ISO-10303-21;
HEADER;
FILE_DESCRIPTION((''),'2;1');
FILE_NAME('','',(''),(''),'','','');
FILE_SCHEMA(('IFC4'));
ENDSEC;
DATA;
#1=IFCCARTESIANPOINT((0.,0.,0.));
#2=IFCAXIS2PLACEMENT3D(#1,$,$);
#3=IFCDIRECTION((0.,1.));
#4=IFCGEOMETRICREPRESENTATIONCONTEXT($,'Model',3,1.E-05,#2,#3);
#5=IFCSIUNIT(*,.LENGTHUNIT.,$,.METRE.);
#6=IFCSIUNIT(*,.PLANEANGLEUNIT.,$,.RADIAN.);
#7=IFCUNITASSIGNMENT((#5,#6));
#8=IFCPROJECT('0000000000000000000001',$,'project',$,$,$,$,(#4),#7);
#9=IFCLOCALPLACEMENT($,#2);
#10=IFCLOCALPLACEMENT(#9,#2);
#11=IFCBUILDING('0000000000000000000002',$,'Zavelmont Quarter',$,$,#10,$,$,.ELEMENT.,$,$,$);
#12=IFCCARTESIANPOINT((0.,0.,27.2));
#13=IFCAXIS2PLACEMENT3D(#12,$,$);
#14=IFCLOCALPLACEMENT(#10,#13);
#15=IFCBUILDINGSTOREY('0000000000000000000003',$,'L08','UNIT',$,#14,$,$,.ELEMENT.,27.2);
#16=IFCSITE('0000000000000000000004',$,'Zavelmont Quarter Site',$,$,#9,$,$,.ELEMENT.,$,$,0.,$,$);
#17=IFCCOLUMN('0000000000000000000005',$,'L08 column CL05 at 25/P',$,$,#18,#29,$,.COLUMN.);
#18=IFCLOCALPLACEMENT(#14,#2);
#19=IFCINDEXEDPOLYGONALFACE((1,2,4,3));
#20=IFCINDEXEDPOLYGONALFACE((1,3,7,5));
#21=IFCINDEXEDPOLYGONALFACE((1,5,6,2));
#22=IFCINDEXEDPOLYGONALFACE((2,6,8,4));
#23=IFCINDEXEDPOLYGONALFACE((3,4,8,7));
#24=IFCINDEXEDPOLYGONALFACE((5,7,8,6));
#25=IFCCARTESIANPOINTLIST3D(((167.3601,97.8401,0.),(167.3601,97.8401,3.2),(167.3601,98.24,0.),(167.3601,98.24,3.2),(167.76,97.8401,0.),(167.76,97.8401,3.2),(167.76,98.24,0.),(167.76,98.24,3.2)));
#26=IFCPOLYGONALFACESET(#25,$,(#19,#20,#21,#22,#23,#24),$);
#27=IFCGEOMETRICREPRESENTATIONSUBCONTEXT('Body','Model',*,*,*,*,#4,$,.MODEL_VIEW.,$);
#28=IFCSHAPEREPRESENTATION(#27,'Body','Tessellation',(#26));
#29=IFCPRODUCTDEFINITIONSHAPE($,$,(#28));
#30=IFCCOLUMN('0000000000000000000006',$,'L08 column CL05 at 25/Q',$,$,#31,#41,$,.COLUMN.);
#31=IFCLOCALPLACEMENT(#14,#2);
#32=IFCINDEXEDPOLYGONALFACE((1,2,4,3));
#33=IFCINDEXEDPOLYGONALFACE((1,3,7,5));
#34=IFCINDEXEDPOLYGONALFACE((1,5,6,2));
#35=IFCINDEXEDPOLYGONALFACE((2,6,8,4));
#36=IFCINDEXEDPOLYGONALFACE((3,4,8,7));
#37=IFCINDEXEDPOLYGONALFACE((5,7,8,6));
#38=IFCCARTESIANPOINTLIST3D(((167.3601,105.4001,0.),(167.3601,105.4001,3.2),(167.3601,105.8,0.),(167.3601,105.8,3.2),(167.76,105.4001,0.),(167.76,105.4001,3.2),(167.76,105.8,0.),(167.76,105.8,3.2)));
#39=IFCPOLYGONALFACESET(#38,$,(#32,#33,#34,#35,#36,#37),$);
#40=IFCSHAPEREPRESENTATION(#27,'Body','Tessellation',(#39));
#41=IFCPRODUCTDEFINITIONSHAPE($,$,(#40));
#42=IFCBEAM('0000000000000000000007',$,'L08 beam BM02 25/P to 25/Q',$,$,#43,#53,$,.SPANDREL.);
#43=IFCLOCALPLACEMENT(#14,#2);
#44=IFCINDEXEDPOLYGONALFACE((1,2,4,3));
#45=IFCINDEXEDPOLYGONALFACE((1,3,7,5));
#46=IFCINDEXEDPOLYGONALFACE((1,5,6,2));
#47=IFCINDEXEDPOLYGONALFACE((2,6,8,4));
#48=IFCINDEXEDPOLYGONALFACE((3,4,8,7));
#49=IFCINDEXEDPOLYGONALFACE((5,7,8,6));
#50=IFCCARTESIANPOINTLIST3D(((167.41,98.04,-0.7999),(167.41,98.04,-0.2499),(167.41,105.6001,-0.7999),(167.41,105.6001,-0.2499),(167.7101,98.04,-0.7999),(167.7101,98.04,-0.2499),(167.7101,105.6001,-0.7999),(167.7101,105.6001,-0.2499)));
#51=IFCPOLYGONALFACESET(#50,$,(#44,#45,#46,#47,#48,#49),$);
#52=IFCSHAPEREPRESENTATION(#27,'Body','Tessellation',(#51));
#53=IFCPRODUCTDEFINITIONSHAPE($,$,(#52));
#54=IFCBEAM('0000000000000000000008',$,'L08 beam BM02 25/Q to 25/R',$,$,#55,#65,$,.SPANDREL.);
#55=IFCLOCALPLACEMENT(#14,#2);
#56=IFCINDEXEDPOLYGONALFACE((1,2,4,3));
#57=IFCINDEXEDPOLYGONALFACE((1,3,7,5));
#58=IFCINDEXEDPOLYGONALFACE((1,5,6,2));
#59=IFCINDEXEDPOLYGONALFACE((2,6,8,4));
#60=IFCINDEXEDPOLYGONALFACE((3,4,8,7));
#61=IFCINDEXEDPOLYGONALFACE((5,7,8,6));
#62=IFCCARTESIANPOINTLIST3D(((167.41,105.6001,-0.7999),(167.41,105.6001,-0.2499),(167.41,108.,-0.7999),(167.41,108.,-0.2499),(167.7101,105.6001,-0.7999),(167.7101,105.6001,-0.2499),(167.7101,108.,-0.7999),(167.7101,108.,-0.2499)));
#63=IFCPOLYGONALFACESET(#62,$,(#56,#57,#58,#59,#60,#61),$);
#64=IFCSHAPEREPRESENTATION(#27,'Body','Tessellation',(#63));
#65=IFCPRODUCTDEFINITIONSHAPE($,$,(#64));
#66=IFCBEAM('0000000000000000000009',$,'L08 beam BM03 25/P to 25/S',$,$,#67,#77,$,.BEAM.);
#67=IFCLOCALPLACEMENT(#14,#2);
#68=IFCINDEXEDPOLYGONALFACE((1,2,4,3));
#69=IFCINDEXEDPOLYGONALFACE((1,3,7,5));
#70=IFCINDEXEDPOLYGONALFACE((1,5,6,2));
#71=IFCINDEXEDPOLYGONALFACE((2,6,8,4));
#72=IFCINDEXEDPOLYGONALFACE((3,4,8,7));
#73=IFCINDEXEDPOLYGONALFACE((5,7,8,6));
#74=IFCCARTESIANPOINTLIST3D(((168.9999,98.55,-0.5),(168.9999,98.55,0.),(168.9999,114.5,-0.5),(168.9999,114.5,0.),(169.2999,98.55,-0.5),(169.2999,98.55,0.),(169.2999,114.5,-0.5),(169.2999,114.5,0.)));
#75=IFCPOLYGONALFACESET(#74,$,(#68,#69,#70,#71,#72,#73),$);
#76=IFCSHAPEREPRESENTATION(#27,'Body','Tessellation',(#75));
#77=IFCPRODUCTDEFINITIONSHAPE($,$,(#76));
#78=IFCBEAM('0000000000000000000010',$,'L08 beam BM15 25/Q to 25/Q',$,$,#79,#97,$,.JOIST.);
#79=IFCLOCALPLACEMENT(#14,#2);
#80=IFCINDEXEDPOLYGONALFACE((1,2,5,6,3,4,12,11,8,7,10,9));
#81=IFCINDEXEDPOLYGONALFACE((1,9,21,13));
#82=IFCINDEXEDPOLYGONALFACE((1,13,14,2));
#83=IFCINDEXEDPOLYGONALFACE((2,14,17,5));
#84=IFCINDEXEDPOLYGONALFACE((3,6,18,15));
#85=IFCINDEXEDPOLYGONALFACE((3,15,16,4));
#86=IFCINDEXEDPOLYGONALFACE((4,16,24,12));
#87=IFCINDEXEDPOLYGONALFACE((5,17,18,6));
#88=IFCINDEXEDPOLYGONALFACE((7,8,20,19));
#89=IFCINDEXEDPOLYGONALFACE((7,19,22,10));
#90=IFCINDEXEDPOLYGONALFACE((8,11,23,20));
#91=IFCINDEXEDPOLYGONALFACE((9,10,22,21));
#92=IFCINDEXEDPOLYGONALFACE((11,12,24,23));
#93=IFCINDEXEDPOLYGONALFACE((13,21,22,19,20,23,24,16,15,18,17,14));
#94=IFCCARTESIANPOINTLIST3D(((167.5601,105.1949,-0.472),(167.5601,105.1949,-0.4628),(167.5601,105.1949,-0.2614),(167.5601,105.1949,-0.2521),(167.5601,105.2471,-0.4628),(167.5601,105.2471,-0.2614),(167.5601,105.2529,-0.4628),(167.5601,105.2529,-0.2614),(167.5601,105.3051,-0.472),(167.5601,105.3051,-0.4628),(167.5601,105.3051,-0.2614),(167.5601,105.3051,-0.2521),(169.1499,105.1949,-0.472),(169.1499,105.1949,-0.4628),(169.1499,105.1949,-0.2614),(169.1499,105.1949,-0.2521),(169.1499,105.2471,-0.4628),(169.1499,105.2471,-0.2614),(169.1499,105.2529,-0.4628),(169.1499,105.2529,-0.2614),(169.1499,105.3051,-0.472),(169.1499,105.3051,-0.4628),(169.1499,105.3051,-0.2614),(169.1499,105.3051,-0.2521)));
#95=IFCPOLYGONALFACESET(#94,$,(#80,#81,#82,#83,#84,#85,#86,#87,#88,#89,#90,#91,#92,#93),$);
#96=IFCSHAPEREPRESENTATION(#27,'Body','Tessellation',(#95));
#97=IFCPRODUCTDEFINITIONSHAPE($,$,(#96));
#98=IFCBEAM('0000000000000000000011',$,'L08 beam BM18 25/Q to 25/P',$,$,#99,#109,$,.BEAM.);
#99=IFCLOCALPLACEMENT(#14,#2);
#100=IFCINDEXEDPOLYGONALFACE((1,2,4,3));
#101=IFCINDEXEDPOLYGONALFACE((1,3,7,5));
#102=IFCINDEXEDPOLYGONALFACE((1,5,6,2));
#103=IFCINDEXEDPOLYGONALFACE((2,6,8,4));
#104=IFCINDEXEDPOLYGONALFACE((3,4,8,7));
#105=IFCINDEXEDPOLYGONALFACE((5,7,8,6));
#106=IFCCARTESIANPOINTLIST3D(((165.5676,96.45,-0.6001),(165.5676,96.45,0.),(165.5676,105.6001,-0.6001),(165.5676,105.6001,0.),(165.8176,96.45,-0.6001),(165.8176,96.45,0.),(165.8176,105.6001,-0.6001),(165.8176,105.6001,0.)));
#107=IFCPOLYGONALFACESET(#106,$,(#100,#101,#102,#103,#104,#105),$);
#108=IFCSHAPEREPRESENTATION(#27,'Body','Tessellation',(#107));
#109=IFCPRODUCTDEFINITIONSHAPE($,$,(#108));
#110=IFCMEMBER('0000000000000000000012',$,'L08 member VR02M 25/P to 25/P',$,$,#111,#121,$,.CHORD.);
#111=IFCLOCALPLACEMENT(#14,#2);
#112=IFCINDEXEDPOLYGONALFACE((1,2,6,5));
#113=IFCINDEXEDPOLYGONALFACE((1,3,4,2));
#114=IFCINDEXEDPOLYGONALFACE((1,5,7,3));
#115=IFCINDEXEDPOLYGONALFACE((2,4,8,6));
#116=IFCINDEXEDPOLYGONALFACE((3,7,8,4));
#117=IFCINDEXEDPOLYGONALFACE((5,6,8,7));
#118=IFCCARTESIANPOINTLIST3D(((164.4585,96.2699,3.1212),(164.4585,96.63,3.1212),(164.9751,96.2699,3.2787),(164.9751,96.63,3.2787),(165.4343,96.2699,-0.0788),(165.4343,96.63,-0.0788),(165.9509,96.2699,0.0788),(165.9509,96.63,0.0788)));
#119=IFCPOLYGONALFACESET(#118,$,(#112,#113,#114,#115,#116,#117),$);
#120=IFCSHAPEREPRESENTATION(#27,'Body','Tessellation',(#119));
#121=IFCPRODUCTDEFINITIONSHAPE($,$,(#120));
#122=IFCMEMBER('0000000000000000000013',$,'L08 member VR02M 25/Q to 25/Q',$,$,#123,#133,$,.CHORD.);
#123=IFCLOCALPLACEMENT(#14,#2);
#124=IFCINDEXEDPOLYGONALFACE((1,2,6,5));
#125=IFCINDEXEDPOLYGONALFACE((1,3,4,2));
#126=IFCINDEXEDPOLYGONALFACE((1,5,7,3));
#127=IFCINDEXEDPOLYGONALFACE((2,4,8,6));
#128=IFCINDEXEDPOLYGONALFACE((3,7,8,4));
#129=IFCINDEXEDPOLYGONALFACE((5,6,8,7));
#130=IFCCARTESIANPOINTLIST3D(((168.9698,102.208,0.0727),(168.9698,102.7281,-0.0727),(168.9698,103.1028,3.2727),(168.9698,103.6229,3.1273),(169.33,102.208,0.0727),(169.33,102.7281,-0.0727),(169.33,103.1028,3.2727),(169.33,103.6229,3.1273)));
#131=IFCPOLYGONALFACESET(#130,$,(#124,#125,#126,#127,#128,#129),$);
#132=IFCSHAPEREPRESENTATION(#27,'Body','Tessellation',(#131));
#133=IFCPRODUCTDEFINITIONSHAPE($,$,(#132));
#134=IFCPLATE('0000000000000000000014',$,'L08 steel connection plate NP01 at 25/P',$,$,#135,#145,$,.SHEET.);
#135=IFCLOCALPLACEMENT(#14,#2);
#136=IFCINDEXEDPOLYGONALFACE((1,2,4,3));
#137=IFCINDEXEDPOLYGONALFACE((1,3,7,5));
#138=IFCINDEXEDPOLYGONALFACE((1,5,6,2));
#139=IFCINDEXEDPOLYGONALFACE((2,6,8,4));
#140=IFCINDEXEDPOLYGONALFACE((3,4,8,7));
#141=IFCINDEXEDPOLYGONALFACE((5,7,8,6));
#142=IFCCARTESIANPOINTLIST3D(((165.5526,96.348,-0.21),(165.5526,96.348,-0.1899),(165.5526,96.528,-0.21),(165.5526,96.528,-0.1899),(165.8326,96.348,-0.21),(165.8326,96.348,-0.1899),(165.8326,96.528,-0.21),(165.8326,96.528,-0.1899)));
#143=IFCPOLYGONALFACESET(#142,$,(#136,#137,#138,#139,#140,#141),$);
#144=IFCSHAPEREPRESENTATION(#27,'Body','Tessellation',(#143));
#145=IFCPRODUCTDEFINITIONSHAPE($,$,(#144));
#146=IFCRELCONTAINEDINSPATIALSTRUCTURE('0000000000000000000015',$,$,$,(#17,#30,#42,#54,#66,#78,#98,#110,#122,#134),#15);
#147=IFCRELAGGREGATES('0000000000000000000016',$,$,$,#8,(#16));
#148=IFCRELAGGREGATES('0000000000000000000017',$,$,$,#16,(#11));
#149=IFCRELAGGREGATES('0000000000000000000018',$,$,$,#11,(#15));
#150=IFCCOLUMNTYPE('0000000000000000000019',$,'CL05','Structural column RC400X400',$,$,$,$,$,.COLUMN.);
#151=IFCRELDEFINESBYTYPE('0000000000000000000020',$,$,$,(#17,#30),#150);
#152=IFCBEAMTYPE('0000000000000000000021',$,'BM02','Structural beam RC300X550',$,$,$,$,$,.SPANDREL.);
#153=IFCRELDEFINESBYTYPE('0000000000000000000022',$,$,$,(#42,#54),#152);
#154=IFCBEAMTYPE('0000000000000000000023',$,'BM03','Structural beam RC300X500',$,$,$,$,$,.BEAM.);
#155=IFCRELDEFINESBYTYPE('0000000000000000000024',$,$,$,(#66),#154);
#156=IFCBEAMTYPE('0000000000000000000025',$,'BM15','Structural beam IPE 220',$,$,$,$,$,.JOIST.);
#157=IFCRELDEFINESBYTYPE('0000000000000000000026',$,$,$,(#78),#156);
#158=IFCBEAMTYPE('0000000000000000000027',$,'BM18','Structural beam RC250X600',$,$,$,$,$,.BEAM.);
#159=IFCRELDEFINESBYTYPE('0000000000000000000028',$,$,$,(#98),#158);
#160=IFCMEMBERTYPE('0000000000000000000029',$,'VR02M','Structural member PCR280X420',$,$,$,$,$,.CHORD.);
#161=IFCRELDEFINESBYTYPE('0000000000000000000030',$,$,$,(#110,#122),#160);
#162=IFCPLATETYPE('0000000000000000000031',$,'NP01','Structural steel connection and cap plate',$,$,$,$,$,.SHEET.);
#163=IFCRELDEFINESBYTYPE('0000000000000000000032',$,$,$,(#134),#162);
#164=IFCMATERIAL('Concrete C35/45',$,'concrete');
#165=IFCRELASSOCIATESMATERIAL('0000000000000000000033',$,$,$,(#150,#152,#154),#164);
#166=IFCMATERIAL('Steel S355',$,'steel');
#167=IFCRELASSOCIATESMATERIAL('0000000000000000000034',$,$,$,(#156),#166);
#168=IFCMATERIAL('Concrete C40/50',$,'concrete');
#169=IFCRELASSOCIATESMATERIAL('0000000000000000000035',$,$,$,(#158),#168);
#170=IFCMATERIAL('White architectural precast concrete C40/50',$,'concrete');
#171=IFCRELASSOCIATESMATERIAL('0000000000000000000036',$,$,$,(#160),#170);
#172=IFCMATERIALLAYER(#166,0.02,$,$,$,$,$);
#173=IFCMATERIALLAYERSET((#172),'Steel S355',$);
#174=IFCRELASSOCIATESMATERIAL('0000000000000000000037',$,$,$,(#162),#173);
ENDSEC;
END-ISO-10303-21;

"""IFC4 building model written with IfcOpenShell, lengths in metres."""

from ifc_helpers import new_model, si_unit, direction, frame, origin, origin_2d, place, context, subcontext, project, spatial, rectangle, i_section, extrude, material, layer, layer_set, material_profile, profile_set, type_object, element, save


model = new_model("IFC4")

# Units and contexts
model_context = context("Model", 3, precision=1e-05, world=origin(), true_north=direction((0.0, 1.0)))
body_context = subcontext(model_context, "Body", "Model", "MODEL_VIEW")
ifc_project = project(units=[si_unit("LENGTHUNIT", "METRE"), si_unit("PLANEANGLEUNIT", "RADIAN")], contexts=[model_context])

# Site, building, storey
site_placement = place(None, origin())
site = spatial("IfcSite", under=ifc_project, at=site_placement, Name="Zavelmont Quarter Site", CompositionType="ELEMENT", RefElevation=0.0)
building_placement = place(site_placement, origin())
building = spatial("IfcBuilding", under=site, at=building_placement, Name="Zavelmont Quarter", CompositionType="ELEMENT")
storey_placement = place(building_placement, frame((0.0, 0.0, 27.2)))
storey = spatial("IfcBuildingStorey", under=building, at=storey_placement, Name="L08", Description="UNIT", CompositionType="ELEMENT", Elevation=27.2)

# Columns
ifc_material_1 = material(Name="Concrete C35/45", Category="concrete")
ifc_material_profile_1 = material_profile(ifc_material_1, rectangle(XDim=0.3999, YDim=0.3999, at=origin_2d()), Name="RC400X400")
ifc_profile_set_1 = profile_set([ifc_material_profile_1], Name="Concrete C35/45")
column_type = type_object("IfcColumnType", Name="CL05", Description="Structural column RC400X400", PredefinedType="COLUMN", material=ifc_profile_set_1)
for number, where, z_axis, x_axis, name in (
    (1, (167.5601, 98.04, 0.0), (0.0, 0.0, 1.0), (1.0, 0.0, 0.0), "L08 column CL05 at 25/P"),
    (2, (167.5601, 105.6001, 0.0), (0.0, 0.0, 1.0), (1.0, 0.0, 0.0), "L08 column CL05 at 25/Q"),
):
    element("IfcColumn", number, at=place(storey_placement, frame(where, z_axis=z_axis, x_axis=x_axis)), inside=storey, type_object=column_type, Name=name, PredefinedType="COLUMN", context=body_context, shape_type="SweptSolid", body=[
        extrude(rectangle(XDim=0.3999, YDim=0.3999, at=origin_2d()), origin(), (0.0, 0.0, 1.0), 3.2),
    ])

# Beams
ifc_material_profile_2 = material_profile(ifc_material_1, rectangle(XDim=0.3, YDim=0.55, at=origin_2d()), Name="RC300X550")
ifc_profile_set_2 = profile_set([ifc_material_profile_2], Name="Concrete C35/45")
beam_type_1 = type_object("IfcBeamType", Name="BM02", Description="Structural beam RC300X550", PredefinedType="SPANDREL", material=ifc_profile_set_2)
beam_1_placement = place(storey_placement, frame((167.5601, 98.04, -0.5249), z_axis=(0.0, 1.0, 0.0), x_axis=(-1.0, 0.0, 0.0)))
element("IfcBeam", 3, at=beam_1_placement, inside=storey, type_object=beam_type_1, Name="L08 beam BM02 25/P to 25/Q", PredefinedType="SPANDREL", context=body_context, shape_type="SweptSolid", body=[
    extrude(rectangle(XDim=0.3, YDim=0.55, at=origin_2d()), origin(), (0.0, 0.0, 1.0), 7.5601),
])
beam_2_placement = place(storey_placement, frame((167.5601, 105.6001, -0.5249), z_axis=(0.0, 1.0, 0.0), x_axis=(-1.0, 0.0, 0.0)))
element("IfcBeam", 4, at=beam_2_placement, inside=storey, type_object=beam_type_1, Name="L08 beam BM02 25/Q to 25/R", PredefinedType="SPANDREL", context=body_context, shape_type="SweptSolid", body=[
    extrude(rectangle(XDim=0.3, YDim=0.55, at=origin_2d()), origin(), (0.0, 0.0, 1.0), 2.3999),
])
ifc_material_profile_3 = material_profile(ifc_material_1, rectangle(XDim=0.3, YDim=0.5, at=origin_2d()), Name="RC300X500")
ifc_profile_set_3 = profile_set([ifc_material_profile_3], Name="Concrete C35/45")
beam_type_2 = type_object("IfcBeamType", Name="BM03", Description="Structural beam RC300X500", PredefinedType="BEAM", material=ifc_profile_set_3)
beam_3_placement = place(storey_placement, frame((169.1499, 98.55, -0.25), z_axis=(0.0, 1.0, 0.0), x_axis=(-1.0, 0.0, 0.0)))
element("IfcBeam", 5, at=beam_3_placement, inside=storey, type_object=beam_type_2, Name="L08 beam BM03 25/P to 25/S", PredefinedType="BEAM", context=body_context, shape_type="SweptSolid", body=[
    extrude(rectangle(XDim=0.3, YDim=0.5, at=origin_2d()), origin(), (0.0, 0.0, 1.0), 15.95),
])
ifc_material_2 = material(Name="Steel S355", Category="steel")
ifc_material_profile_4 = material_profile(ifc_material_2, i_section(OverallWidth=0.1101, OverallDepth=0.22, WebThickness=0.0059, FlangeThickness=0.0093, at=origin_2d()), Name="IPE 220")
ifc_profile_set_4 = profile_set([ifc_material_profile_4], Name="Steel S355")
beam_type_3 = type_object("IfcBeamType", Name="BM15", Description="Structural beam IPE 220", PredefinedType="JOIST", material=ifc_profile_set_4)
beam_4_placement = place(storey_placement, frame((167.5601, 105.25, -0.3621), z_axis=(1.0, 0.0, 0.0), x_axis=(0.0, 1.0, 0.0)))
element("IfcBeam", 6, at=beam_4_placement, inside=storey, type_object=beam_type_3, Name="L08 beam BM15 25/Q to 25/Q", PredefinedType="JOIST", context=body_context, shape_type="SweptSolid", body=[
    extrude(i_section(OverallWidth=0.1101, OverallDepth=0.22, WebThickness=0.0059, FlangeThickness=0.0093, at=origin_2d()), origin(), (0.0, 0.0, 1.0), 1.5898),
])
ifc_material_3 = material(Name="Concrete C40/50", Category="concrete")
ifc_material_profile_5 = material_profile(ifc_material_3, rectangle(XDim=0.25, YDim=0.6001, at=origin_2d()), Name="RC250X600")
ifc_profile_set_5 = profile_set([ifc_material_profile_5], Name="Concrete C40/50")
beam_type_4 = type_object("IfcBeamType", Name="BM18", Description="Structural beam RC250X600", PredefinedType="BEAM", material=ifc_profile_set_5)
beam_5_placement = place(storey_placement, frame((165.6926, 105.6001, -0.3), z_axis=(0.0, -1.0, 0.0), x_axis=(1.0, 0.0, 0.0)))
element("IfcBeam", 7, at=beam_5_placement, inside=storey, type_object=beam_type_4, Name="L08 beam BM18 25/Q to 25/P", PredefinedType="BEAM", context=body_context, shape_type="SweptSolid", body=[
    extrude(rectangle(XDim=0.25, YDim=0.6001, at=origin_2d()), origin(), (0.0, 0.0, 1.0), 9.1501),
])

# Members
ifc_material_4 = material(Name="White architectural precast concrete C40/50", Category="concrete")
ifc_material_profile_6 = material_profile(ifc_material_4, rectangle(XDim=0.3601, YDim=0.54, at=origin_2d()), Name="PCR280X420")
ifc_profile_set_6 = profile_set([ifc_material_profile_6], Name="White architectural precast concrete C40/50")
member_type = type_object("IfcMemberType", Name="VR02M", Description="Structural member PCR280X420", PredefinedType="CHORD", material=ifc_profile_set_6)
member_1_placement = place(storey_placement, frame((165.6926, 96.45, 0.0), z_axis=(-0.29169, 0.0, 0.956513), x_axis=(0.0, -1.0, 0.0)))
element("IfcMember", 8, at=member_1_placement, inside=storey, type_object=member_type, Name="L08 member VR02M 25/P to 25/P", PredefinedType="CHORD", context=body_context, shape_type="SweptSolid", body=[
    extrude(rectangle(XDim=0.3601, YDim=0.54, at=origin_2d()), origin(), (0.0, 0.0, 1.0), 3.3455),
])
member_2_placement = place(storey_placement, frame((169.1499, 102.468, 0.0), z_axis=(0.0, 0.269292, 0.963059), x_axis=(-1.0, 0.0, 0.0)))
element("IfcMember", 9, at=member_2_placement, inside=storey, type_object=member_type, Name="L08 member VR02M 25/Q to 25/Q", PredefinedType="CHORD", context=body_context, shape_type="SweptSolid", body=[
    extrude(rectangle(XDim=0.3601, YDim=0.54, at=origin_2d()), origin(), (0.0, 0.0, 1.0), 3.3228),
])

# Plate
ifc_layer_1 = layer(ifc_material_2, 0.02)
ifc_layer_set_1 = layer_set([ifc_layer_1], Name="Steel S355")
plate_type = type_object("IfcPlateType", Name="NP01", Description="Structural steel connection and cap plate", PredefinedType="SHEET", material=ifc_layer_set_1)
plate_placement = place(storey_placement, frame((165.6926, 96.438, -0.21), z_axis=(0.0, 0.0, 1.0), x_axis=(1.0, 0.0, 0.0)))
element("IfcPlate", 10, at=plate_placement, inside=storey, type_object=plate_type, Name="L08 steel connection plate NP01 at 25/P", PredefinedType="SHEET", context=body_context, shape_type="SweptSolid", body=[
    extrude(rectangle(XDim=0.28, YDim=0.1799, at=origin_2d()), origin(), (0.0, 0.0, 1.0), 0.02),
])

save(model, "model.ifc")
